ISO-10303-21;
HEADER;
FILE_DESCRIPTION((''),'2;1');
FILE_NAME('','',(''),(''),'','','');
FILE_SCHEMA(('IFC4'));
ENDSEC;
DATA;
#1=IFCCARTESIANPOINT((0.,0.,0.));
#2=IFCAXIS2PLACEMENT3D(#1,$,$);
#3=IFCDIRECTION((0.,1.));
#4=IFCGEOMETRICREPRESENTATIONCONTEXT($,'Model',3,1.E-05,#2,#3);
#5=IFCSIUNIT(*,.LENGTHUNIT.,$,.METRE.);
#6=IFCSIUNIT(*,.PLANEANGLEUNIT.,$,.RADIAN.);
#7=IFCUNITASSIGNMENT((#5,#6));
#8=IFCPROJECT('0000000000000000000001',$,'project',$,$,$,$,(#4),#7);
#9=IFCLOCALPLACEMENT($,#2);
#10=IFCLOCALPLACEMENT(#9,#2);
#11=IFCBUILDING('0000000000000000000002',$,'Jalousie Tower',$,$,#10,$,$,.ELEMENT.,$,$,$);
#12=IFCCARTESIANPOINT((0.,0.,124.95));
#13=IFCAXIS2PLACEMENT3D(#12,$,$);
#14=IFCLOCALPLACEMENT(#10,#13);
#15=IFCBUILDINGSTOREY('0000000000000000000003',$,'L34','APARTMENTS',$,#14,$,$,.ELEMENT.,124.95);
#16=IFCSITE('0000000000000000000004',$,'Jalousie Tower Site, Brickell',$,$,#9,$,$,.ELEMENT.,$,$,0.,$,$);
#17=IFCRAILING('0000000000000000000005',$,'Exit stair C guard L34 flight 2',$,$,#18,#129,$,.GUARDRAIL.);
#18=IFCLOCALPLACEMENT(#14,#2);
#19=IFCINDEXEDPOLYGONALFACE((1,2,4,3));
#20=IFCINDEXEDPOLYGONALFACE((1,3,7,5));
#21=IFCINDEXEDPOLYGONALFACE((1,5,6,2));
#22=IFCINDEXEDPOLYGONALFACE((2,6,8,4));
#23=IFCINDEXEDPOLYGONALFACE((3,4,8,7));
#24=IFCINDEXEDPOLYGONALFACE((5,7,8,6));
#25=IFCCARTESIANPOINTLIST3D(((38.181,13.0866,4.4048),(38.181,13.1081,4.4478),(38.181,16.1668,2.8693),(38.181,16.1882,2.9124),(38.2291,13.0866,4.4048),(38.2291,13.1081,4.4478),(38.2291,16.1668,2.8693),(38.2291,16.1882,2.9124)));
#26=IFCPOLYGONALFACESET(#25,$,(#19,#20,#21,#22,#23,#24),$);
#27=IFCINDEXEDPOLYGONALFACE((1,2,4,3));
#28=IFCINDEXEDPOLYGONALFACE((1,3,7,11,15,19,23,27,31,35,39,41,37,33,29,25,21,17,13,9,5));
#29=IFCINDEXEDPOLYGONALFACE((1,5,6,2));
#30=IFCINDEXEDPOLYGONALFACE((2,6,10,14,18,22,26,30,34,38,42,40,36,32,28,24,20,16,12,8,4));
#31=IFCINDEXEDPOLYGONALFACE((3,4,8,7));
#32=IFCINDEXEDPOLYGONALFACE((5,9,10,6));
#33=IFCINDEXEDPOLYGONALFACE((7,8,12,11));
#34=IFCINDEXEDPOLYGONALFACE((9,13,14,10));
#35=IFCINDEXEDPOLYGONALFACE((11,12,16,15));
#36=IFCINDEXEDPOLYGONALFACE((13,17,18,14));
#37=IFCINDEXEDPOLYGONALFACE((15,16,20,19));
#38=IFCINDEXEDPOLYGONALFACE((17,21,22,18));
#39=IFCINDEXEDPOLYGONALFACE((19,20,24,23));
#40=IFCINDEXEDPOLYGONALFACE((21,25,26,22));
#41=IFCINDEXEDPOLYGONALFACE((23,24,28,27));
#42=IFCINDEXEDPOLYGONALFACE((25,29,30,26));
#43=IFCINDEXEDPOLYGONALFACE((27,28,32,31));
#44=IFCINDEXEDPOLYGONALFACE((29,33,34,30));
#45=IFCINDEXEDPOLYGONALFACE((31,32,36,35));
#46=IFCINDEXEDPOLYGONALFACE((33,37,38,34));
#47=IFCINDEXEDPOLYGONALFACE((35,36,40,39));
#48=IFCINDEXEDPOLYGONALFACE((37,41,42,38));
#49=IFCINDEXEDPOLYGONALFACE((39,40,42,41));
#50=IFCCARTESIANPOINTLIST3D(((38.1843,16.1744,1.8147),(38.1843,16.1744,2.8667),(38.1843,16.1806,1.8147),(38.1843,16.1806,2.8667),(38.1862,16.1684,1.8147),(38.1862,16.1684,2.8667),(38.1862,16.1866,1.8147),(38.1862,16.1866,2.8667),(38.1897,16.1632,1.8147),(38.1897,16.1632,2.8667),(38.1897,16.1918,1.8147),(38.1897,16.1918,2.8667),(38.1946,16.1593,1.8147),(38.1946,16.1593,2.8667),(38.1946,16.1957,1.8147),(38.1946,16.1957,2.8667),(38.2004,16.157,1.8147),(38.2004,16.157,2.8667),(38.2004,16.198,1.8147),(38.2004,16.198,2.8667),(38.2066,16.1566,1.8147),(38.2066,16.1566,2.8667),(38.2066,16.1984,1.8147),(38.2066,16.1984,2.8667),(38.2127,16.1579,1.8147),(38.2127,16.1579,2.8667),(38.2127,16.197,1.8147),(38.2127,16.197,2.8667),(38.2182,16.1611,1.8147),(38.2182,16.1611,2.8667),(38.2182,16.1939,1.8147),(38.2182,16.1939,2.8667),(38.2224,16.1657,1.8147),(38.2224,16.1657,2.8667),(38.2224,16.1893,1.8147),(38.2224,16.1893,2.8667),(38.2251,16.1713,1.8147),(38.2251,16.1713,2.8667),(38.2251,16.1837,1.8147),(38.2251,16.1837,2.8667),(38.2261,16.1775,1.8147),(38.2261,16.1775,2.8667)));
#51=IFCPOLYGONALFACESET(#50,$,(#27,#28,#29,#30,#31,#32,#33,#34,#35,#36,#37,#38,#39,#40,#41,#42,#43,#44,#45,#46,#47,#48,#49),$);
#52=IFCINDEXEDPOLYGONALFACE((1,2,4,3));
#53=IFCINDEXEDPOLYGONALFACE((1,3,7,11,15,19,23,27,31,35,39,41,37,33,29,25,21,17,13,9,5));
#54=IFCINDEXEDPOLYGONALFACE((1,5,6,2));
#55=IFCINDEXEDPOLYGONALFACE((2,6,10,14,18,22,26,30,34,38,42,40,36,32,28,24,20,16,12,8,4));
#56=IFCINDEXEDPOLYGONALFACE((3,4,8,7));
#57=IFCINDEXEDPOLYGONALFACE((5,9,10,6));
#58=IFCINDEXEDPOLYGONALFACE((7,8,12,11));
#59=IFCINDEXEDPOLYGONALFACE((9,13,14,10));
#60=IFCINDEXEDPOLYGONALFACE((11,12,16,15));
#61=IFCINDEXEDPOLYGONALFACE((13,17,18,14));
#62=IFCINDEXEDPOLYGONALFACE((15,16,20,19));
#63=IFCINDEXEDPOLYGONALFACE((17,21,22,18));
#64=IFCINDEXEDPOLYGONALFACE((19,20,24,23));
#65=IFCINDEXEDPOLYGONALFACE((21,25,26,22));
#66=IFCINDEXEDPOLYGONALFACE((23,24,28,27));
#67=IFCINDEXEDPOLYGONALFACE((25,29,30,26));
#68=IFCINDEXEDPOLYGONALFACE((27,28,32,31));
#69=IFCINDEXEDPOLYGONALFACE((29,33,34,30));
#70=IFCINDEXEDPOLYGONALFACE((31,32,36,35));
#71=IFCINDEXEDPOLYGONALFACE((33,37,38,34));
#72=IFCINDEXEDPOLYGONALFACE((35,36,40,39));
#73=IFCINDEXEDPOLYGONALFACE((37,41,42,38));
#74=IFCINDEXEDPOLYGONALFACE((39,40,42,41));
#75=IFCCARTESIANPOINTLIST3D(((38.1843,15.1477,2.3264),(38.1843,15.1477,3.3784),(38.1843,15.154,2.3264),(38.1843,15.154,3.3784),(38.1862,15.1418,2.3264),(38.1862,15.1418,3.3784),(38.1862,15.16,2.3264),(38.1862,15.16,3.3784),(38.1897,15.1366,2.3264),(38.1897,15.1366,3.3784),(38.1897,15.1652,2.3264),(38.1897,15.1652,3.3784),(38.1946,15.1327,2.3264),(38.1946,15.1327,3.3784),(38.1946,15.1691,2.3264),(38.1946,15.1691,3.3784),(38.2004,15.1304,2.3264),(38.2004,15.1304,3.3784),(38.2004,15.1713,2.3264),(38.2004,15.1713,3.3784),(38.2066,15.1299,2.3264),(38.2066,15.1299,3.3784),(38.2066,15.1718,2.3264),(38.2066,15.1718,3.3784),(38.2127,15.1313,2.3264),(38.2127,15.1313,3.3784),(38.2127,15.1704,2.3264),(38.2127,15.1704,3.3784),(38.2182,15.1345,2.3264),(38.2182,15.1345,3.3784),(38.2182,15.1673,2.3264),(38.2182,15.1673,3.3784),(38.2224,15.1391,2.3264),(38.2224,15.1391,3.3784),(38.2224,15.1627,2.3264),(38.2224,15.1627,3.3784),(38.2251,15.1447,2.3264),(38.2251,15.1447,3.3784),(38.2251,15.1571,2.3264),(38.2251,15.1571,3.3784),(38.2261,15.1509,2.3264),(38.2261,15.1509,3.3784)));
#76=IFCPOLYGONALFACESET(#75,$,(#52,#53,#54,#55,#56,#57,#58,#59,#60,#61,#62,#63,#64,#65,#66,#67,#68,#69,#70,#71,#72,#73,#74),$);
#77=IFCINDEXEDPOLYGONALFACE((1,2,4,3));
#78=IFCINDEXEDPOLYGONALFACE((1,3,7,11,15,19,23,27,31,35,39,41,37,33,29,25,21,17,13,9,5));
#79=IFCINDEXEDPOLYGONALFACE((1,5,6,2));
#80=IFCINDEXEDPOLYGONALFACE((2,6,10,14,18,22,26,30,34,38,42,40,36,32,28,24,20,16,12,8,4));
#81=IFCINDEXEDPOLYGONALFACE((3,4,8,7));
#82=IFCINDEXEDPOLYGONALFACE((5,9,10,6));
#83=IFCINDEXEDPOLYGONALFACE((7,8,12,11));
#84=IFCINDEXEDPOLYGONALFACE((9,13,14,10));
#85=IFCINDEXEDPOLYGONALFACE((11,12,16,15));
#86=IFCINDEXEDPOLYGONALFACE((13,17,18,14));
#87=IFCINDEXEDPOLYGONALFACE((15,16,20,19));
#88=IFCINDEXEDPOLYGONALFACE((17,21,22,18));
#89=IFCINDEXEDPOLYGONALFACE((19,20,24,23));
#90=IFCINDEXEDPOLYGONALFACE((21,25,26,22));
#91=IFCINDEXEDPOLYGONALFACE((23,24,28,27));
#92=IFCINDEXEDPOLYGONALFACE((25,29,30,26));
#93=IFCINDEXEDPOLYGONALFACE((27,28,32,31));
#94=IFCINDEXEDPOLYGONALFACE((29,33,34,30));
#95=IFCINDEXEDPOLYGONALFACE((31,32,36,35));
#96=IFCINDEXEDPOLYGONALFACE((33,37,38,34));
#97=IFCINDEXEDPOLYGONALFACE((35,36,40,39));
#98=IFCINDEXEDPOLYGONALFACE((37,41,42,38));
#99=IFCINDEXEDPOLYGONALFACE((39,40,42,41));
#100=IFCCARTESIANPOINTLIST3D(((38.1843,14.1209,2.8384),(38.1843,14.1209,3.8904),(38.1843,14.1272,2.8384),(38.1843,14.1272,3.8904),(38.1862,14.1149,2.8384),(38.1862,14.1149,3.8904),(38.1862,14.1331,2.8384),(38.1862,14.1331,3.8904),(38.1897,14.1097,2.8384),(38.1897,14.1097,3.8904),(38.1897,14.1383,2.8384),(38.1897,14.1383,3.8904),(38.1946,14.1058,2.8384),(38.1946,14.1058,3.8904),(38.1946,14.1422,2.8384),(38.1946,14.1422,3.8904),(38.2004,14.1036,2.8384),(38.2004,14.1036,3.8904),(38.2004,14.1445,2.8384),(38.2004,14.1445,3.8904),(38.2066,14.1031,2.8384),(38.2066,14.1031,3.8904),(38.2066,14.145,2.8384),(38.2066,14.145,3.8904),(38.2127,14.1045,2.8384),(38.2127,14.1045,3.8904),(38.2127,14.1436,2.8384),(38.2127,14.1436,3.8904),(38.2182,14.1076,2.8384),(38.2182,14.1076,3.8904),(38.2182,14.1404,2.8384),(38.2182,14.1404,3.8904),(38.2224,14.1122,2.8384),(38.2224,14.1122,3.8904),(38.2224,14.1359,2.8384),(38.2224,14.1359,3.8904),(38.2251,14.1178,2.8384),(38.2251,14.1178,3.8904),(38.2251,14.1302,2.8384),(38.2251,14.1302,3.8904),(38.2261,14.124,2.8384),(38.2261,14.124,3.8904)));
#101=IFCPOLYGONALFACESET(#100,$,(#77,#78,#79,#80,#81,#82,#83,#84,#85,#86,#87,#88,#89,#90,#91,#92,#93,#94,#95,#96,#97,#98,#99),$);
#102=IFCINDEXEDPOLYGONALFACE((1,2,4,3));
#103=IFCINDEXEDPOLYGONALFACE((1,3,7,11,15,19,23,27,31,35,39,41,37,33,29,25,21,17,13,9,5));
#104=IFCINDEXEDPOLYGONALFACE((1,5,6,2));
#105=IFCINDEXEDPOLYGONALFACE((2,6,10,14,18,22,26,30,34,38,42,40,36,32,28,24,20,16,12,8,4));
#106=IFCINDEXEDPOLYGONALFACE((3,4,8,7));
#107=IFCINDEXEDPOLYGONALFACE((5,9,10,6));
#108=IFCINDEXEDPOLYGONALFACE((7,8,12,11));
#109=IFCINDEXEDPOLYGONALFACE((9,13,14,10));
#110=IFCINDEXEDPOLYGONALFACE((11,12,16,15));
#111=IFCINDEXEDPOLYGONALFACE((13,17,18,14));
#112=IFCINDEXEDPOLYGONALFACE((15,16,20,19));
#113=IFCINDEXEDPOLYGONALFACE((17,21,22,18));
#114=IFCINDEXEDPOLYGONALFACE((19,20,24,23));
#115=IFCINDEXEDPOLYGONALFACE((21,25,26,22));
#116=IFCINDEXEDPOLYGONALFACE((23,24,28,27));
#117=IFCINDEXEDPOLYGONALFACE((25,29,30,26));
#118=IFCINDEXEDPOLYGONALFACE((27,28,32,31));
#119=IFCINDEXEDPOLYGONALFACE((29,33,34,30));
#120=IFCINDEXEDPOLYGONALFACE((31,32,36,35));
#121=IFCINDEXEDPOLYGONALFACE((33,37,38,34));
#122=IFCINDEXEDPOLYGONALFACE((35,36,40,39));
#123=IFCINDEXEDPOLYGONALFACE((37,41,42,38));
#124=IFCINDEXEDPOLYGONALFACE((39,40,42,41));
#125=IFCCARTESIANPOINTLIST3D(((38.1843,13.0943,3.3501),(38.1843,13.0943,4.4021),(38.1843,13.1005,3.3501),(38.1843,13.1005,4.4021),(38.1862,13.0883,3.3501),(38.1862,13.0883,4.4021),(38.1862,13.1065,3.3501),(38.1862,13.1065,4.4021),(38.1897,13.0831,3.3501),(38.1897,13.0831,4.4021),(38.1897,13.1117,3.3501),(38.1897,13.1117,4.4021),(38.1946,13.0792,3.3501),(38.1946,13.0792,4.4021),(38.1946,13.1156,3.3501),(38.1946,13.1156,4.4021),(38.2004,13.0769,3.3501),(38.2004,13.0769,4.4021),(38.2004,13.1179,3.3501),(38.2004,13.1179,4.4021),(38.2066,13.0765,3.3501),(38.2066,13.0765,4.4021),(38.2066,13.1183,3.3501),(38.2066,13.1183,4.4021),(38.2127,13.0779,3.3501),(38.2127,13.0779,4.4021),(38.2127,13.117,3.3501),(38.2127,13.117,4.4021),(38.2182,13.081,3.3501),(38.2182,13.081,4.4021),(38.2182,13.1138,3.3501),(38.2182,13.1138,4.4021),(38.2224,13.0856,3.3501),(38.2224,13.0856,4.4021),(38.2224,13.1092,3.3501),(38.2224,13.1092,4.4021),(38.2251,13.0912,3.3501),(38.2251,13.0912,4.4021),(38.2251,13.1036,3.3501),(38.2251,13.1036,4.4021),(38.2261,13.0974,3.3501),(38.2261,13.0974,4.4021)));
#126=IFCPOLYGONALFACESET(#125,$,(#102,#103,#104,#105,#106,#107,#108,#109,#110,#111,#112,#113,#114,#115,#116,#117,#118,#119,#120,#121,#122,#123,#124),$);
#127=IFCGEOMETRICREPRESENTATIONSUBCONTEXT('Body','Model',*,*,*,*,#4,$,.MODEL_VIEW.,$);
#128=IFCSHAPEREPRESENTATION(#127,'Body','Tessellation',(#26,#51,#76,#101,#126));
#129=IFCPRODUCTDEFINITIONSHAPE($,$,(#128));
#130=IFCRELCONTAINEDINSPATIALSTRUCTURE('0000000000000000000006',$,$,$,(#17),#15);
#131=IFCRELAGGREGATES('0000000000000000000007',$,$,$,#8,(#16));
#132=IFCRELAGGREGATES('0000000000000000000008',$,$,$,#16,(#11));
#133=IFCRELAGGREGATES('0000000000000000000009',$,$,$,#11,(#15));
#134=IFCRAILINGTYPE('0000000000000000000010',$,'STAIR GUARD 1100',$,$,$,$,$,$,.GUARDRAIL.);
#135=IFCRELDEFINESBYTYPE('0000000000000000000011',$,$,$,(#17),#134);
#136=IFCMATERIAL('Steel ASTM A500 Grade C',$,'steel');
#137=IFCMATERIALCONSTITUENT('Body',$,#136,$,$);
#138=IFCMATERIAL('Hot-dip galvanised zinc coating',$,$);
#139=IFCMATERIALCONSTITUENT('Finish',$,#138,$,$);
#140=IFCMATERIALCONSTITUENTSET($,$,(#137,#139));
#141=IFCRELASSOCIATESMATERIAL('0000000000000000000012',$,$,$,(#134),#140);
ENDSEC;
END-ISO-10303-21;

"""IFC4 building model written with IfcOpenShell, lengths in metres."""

from ifc_helpers import new_model, si_unit, direction, frame, origin, origin_2d, place, context, subcontext, project, spatial, rectangle, circle, extrude, material, constituent, constituent_set, type_object, element, save


model = new_model("IFC4")

# Units and contexts
model_context = context("Model", 3, precision=1e-05, world=origin(), true_north=direction((0.0, 1.0)))
body_context = subcontext(model_context, "Body", "Model", "MODEL_VIEW")
ifc_project = project(units=[si_unit("LENGTHUNIT", "METRE"), si_unit("PLANEANGLEUNIT", "RADIAN")], contexts=[model_context])

# Site, building, storey
site_placement = place(None, origin())
site = spatial("IfcSite", under=ifc_project, at=site_placement, Name="Jalousie Tower Site, Brickell", CompositionType="ELEMENT", RefElevation=0.0)
building_placement = place(site_placement, origin())
building = spatial("IfcBuilding", under=site, at=building_placement, Name="Jalousie Tower", CompositionType="ELEMENT")
storey_placement = place(building_placement, frame((0.0, 0.0, 124.95)))
storey = spatial("IfcBuildingStorey", under=building, at=storey_placement, Name="L34", Description="APARTMENTS", CompositionType="ELEMENT", Elevation=124.95)

# Railing
ifc_material_1 = material(Name="Steel ASTM A500 Grade C", Category="steel")
ifc_constituent_1 = constituent(ifc_material_1, Name="Body")
ifc_material_2 = material(Name="Hot-dip galvanised zinc coating")
ifc_constituent_2 = constituent(ifc_material_2, Name="Finish")
ifc_constituent_set_1 = constituent_set(constituents=[ifc_constituent_1, ifc_constituent_2])
railing_type_1 = type_object("IfcRailingType", Name="STAIR GUARD 1100", PredefinedType="GUARDRAIL", material=ifc_constituent_set_1)
railing_1_placement = place(storey_placement, frame((38.2051, 16.1775, 1.8147)))
element("IfcRailing", 1, at=railing_1_placement, inside=storey, type_object=railing_type_1, Name="Exit stair C guard L34 flight 2", PredefinedType="GUARDRAIL", context=body_context, shape_type="SweptSolid", body=[
    extrude(rectangle(XDim=0.0481, YDim=0.0481, at=origin_2d()), frame((0.0, 0.0, 1.0762), z_axis=(0.0, -0.894966, 0.446135), x_axis=(1.0, 0.0, 0.0)), (0.0, 0.0, 1.0), 3.4417),
    extrude(circle(Radius=0.021, at=origin_2d()), origin(), (0.0, 0.0, 1.0), 1.052),
    extrude(circle(Radius=0.021, at=origin_2d()), frame((0.0, -1.0266, 0.5117)), (0.0, 0.0, 1.0), 1.052),
    extrude(circle(Radius=0.021, at=origin_2d()), frame((0.0, -2.0535, 1.0237)), (0.0, 0.0, 1.0), 1.052),
    extrude(circle(Radius=0.021, at=origin_2d()), frame((0.0, -3.0801, 1.5354)), (0.0, 0.0, 1.0), 1.052),
])

save(model, "model.ifc")
